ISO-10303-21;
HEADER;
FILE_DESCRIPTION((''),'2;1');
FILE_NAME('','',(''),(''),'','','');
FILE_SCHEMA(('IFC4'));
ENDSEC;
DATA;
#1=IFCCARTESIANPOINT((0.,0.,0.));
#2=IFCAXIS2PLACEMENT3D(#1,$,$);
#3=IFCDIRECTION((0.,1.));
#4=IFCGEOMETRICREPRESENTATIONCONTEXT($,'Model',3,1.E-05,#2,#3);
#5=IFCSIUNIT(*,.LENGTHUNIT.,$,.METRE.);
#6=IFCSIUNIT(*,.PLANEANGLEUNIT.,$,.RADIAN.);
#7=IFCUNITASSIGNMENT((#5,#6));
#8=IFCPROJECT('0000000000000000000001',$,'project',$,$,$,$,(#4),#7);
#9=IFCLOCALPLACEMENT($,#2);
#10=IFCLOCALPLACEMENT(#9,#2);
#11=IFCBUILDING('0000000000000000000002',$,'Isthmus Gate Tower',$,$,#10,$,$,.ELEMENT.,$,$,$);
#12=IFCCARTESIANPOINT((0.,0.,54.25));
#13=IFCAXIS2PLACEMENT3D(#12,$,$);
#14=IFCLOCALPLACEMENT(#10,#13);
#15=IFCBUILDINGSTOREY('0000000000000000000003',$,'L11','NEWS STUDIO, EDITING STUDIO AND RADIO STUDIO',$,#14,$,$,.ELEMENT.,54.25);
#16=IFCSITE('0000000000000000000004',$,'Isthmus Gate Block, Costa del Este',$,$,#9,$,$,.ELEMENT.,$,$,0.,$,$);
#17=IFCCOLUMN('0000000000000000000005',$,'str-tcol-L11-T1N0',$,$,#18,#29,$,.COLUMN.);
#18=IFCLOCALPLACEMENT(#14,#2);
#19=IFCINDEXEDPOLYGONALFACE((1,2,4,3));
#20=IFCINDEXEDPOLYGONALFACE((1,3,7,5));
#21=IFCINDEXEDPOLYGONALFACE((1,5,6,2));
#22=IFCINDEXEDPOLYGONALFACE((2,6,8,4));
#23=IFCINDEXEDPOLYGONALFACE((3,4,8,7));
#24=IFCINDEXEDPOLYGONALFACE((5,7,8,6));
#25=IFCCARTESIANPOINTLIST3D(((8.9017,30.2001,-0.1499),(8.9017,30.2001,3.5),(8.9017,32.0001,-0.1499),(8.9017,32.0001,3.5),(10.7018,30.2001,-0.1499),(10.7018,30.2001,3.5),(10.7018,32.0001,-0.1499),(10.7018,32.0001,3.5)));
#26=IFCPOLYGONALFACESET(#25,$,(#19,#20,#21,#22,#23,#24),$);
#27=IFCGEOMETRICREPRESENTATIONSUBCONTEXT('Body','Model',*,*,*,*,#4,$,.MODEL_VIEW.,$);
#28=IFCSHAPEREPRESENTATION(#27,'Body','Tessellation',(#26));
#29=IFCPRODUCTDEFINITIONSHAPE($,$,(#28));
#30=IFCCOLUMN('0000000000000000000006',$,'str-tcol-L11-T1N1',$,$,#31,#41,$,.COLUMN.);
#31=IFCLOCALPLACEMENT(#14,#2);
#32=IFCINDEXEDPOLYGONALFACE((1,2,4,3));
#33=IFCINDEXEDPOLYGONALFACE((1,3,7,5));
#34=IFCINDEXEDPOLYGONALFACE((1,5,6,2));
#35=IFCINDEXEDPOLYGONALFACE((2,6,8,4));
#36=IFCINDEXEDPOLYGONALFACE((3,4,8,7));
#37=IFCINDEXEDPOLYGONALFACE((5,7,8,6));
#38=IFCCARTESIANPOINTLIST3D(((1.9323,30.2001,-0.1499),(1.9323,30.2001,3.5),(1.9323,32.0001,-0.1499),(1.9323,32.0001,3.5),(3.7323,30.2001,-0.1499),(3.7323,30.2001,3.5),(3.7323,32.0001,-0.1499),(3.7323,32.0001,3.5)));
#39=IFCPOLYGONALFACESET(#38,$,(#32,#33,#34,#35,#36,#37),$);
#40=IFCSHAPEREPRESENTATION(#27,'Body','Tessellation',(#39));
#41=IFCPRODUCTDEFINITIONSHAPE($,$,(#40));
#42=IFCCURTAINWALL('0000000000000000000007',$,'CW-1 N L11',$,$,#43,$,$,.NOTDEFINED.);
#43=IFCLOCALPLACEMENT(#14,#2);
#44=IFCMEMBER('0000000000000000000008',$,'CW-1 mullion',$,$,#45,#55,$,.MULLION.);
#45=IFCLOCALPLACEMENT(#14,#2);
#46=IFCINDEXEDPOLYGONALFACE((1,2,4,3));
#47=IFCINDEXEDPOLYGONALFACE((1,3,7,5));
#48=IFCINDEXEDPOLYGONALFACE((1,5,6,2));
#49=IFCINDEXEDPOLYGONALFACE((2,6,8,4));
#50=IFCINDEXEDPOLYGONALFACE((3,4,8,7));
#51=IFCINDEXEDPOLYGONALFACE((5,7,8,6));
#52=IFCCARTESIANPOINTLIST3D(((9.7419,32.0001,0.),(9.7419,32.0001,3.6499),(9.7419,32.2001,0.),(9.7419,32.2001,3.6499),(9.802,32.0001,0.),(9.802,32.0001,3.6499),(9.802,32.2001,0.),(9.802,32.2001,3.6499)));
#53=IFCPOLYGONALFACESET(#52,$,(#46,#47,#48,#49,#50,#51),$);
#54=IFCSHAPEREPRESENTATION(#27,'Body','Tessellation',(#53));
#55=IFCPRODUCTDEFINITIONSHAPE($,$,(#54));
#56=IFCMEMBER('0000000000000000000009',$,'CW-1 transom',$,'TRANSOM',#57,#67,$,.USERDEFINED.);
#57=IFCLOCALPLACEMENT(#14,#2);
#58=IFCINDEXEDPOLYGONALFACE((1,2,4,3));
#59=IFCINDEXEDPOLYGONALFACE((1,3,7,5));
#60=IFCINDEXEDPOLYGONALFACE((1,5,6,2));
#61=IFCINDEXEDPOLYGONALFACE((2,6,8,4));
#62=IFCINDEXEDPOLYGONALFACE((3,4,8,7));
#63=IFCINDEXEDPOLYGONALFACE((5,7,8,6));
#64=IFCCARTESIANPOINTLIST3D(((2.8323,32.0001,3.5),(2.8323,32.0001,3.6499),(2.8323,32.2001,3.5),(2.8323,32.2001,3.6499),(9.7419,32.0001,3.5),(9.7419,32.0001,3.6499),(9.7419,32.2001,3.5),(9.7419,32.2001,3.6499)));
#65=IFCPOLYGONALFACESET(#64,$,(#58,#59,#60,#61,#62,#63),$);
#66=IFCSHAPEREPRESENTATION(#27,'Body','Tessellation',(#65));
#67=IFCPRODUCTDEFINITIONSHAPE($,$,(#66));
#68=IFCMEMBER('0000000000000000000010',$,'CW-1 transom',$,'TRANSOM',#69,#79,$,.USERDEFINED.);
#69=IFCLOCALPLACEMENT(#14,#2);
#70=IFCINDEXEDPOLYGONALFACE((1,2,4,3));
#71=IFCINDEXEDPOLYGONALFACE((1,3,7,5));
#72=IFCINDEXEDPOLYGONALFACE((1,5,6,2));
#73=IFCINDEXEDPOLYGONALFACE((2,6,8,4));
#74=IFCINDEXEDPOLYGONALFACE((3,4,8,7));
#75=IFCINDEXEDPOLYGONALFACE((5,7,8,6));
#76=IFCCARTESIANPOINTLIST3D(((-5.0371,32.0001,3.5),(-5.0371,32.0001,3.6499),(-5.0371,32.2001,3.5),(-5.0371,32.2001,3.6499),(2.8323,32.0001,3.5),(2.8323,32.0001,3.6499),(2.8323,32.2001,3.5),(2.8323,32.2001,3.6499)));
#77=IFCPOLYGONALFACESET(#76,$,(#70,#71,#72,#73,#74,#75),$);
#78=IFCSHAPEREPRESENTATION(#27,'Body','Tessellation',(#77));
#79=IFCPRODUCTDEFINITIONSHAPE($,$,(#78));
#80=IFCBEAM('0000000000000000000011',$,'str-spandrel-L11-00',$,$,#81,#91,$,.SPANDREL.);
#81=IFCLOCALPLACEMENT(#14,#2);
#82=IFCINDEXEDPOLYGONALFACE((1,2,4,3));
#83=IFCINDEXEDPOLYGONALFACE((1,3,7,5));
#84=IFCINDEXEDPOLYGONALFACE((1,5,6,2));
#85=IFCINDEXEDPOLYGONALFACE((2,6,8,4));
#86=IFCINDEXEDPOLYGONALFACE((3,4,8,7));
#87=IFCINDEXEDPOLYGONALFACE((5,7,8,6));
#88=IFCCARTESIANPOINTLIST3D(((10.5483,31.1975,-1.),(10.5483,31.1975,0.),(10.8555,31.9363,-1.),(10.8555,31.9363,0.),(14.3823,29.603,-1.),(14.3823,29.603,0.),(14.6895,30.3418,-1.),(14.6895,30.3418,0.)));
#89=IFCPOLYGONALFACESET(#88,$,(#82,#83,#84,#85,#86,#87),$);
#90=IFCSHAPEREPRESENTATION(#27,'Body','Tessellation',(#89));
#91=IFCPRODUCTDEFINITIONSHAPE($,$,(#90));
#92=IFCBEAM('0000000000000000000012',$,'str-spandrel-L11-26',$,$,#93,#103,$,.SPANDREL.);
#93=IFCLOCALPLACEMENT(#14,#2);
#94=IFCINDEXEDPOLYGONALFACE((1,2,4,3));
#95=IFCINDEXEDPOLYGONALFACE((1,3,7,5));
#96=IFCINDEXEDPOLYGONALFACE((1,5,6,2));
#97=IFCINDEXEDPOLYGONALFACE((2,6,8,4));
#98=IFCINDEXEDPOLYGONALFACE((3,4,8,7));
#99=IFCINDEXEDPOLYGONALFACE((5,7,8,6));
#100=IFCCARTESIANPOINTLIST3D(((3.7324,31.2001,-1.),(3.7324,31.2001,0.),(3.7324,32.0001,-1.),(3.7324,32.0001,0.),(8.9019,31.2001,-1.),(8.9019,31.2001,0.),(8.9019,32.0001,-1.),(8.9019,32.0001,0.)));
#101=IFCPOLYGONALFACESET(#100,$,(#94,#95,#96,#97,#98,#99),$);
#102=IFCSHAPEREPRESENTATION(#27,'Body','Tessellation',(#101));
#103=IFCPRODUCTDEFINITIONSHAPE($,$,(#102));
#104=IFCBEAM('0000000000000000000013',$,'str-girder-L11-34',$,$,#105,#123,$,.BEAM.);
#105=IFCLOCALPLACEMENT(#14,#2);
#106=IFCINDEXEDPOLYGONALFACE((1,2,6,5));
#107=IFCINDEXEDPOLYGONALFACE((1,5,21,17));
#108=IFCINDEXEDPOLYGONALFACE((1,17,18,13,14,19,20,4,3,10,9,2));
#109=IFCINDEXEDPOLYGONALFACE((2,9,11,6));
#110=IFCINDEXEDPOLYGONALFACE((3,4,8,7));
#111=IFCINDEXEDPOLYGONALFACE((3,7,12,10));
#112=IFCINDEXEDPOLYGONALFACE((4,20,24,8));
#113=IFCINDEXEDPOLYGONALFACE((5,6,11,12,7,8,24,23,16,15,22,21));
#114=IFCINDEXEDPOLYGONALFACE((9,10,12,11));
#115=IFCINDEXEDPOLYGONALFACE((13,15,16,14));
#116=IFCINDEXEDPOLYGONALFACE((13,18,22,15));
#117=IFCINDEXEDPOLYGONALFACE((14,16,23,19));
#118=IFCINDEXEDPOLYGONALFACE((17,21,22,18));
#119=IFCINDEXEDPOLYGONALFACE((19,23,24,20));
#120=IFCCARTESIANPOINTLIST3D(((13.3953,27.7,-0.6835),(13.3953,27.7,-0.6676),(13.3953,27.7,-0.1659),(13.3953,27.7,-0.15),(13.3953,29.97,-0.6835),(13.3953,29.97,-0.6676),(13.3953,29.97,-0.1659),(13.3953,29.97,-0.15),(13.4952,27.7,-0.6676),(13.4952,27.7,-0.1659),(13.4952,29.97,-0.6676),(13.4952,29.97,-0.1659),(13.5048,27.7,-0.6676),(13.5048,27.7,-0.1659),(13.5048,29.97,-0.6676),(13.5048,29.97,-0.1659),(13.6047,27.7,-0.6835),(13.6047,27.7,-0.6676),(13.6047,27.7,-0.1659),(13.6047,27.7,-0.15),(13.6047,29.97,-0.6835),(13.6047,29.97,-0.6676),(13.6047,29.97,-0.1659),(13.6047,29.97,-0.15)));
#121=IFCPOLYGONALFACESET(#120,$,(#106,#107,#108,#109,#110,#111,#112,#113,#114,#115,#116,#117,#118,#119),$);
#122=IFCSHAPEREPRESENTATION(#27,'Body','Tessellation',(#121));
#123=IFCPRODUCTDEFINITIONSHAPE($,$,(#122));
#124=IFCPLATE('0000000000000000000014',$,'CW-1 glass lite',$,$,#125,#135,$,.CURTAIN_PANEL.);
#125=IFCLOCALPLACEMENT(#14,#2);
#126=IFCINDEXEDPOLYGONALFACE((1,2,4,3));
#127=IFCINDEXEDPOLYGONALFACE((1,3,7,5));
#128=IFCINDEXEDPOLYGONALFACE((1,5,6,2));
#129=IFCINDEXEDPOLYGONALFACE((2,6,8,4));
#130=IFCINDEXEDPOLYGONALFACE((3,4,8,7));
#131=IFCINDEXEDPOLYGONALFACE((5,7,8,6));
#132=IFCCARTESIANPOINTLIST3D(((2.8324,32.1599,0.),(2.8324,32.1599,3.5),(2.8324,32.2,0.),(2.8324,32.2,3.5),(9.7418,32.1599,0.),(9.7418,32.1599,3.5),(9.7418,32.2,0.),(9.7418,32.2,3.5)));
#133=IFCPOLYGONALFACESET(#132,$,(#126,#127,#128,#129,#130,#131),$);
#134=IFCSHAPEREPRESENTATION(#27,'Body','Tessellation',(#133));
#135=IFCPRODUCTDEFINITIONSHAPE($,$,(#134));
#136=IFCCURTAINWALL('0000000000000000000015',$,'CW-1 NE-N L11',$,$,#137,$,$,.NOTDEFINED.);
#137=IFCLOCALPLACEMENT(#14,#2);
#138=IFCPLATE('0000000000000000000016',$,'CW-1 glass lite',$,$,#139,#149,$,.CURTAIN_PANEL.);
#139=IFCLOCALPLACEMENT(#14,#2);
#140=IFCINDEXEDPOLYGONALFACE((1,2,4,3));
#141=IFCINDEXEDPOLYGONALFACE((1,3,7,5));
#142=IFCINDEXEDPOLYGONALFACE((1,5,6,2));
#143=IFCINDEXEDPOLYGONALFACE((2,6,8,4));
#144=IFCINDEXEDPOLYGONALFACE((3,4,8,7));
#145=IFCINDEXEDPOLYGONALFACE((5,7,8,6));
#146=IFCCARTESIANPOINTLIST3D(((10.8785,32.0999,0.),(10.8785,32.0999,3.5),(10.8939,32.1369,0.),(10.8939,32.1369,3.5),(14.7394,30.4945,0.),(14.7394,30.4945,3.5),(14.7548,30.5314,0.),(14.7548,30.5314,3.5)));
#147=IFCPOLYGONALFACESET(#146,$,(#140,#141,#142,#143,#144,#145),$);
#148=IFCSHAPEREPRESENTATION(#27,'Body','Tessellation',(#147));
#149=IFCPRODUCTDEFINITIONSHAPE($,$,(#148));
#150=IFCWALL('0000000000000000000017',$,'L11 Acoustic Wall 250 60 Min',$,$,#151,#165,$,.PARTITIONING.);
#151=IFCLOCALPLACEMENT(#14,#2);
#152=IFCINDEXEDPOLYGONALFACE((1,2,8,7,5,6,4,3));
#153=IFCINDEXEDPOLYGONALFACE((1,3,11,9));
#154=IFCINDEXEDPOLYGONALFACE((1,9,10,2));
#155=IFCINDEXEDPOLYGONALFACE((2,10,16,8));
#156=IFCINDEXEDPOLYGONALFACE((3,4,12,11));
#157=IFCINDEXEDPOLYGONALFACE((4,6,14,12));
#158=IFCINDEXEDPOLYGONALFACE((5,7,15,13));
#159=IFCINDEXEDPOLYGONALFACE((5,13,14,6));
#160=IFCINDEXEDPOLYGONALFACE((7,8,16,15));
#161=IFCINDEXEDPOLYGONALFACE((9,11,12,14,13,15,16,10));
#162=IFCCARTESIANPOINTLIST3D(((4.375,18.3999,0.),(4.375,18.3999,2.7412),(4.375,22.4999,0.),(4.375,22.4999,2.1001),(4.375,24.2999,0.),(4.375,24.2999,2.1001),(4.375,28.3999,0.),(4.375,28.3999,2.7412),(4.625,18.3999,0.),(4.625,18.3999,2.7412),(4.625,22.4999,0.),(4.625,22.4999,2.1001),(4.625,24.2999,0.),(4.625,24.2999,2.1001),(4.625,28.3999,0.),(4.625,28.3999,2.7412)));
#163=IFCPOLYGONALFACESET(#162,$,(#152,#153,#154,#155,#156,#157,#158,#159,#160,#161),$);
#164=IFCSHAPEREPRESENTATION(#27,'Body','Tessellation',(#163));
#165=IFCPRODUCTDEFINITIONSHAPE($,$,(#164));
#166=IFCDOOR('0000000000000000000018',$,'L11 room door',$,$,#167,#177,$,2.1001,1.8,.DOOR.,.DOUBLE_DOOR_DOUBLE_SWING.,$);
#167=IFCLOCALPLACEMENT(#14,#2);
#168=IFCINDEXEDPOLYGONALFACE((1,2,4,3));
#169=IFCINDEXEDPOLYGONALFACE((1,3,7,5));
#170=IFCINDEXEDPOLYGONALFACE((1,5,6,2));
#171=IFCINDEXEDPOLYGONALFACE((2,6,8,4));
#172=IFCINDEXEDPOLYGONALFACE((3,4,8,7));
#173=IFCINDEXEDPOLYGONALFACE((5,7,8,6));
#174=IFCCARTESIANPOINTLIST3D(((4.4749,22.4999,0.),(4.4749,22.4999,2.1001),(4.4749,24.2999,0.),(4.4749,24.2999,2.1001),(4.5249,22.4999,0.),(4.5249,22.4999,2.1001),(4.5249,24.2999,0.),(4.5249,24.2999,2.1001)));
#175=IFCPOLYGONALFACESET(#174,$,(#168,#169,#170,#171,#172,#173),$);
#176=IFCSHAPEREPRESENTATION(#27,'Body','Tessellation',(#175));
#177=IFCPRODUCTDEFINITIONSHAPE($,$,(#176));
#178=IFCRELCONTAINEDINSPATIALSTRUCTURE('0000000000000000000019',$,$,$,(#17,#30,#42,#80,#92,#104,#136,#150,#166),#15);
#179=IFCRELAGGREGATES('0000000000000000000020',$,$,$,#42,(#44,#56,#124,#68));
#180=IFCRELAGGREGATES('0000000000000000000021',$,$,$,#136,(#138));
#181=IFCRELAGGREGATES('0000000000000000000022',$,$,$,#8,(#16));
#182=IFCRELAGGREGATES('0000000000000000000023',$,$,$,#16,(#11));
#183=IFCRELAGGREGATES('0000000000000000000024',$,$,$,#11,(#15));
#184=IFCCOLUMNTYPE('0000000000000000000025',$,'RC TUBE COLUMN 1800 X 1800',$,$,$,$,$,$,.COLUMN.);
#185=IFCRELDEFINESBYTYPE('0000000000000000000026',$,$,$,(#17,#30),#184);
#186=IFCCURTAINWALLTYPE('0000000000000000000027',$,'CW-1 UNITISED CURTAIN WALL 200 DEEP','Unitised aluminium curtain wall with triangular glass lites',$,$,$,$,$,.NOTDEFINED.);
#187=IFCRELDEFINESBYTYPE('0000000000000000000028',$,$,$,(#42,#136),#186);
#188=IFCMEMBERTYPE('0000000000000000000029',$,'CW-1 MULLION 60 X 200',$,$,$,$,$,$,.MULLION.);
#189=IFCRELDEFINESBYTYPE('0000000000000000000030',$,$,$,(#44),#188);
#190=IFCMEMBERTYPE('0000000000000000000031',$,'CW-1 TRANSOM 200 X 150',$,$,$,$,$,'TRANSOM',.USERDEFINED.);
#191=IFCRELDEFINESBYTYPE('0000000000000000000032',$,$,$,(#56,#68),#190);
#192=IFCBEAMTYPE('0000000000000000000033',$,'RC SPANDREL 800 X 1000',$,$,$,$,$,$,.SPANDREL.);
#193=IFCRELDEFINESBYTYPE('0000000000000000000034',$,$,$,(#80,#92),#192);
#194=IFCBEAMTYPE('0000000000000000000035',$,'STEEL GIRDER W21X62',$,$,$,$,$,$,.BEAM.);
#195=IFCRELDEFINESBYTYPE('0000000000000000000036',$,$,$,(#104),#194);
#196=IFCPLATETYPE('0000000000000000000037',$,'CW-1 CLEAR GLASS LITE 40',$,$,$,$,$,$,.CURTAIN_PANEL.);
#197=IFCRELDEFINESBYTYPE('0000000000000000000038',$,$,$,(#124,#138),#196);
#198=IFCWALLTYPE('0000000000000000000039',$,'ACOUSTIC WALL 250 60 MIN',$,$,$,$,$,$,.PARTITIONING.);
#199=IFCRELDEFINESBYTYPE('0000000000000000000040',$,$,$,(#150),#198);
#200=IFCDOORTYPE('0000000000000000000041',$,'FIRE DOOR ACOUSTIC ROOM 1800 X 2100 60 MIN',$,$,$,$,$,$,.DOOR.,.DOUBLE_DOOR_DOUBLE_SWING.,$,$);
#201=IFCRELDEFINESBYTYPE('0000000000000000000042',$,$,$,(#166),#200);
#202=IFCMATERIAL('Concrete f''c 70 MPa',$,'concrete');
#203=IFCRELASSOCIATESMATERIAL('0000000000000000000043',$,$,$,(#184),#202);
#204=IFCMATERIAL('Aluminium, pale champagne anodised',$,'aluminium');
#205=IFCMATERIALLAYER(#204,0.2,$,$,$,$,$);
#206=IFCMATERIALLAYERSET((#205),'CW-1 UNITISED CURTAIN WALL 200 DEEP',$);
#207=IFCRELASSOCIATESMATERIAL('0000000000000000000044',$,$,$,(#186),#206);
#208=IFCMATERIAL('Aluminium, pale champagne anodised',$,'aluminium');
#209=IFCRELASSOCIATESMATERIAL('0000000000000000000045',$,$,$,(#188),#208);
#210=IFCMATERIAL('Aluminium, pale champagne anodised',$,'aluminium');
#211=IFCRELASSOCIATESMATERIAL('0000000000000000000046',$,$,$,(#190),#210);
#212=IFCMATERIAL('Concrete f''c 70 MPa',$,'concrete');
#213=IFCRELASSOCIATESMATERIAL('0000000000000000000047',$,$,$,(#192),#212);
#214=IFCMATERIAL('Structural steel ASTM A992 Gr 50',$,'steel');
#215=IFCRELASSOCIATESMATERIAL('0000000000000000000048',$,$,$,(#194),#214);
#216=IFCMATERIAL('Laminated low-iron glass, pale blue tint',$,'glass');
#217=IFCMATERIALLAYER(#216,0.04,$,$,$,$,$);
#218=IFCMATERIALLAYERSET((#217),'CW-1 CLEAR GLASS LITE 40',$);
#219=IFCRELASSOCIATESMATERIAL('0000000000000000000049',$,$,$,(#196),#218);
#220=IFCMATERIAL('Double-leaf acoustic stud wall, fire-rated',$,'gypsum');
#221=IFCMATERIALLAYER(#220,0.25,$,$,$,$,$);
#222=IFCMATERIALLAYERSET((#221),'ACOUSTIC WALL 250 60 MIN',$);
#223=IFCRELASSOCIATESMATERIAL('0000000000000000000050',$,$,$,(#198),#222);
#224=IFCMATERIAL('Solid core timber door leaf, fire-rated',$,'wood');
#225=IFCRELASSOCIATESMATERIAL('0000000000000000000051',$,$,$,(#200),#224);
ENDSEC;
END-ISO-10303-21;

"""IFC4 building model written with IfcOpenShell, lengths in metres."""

from ifc_helpers import new_model, si_unit, direction, frame, frame_2d, origin, origin_2d, place, context, subcontext, project, spatial, rectangle, i_section, extrude, material, layer, layer_set, material_profile, profile_set, type_object, element, fill, aggregate, save


model = new_model("IFC4")

# Units and contexts
model_context = context("Model", 3, precision=1e-05, world=origin(), true_north=direction((0.0, 1.0)))
body_context = subcontext(model_context, "Body", "Model", "MODEL_VIEW")
ifc_project = project(units=[si_unit("LENGTHUNIT", "METRE"), si_unit("PLANEANGLEUNIT", "RADIAN")], contexts=[model_context])

# Site, building, storey
site_placement = place(None, origin())
site = spatial("IfcSite", under=ifc_project, at=site_placement, Name="Isthmus Gate Block, Costa del Este", CompositionType="ELEMENT", RefElevation=0.0)
building_placement = place(site_placement, origin())
building = spatial("IfcBuilding", under=site, at=building_placement, Name="Isthmus Gate Tower", CompositionType="ELEMENT")
storey_placement = place(building_placement, frame((0.0, 0.0, 54.25)))
storey = spatial("IfcBuildingStorey", under=building, at=storey_placement, Name="L11", Description="NEWS STUDIO, EDITING STUDIO AND RADIO STUDIO", CompositionType="ELEMENT", Elevation=54.25)

# Columns
ifc_material_1 = material(Name="Concrete f'c 70 MPa", Category="concrete")
ifc_material_profile_1 = material_profile(ifc_material_1, rectangle(XDim=1.8, YDim=1.8, at=origin_2d()), Name="RC 1800X1800")
ifc_profile_set_1 = profile_set([ifc_material_profile_1], Name="Concrete f'c 70 MPa")
column_type = type_object("IfcColumnType", Name="RC TUBE COLUMN 1800 X 1800", PredefinedType="COLUMN", material=ifc_profile_set_1)
for number, where, z_axis, x_axis, name in (
    (1, (9.8018, 31.1001, -0.1499), (0.0, 0.0, 1.0), (-1.0, 0.0, 0.0), "str-tcol-L11-T1N0"),
    (2, (2.8323, 31.1001, -0.1499), (0.0, 0.0, 1.0), (-1.0, 0.0, 0.0), "str-tcol-L11-T1N1"),
):
    element("IfcColumn", number, at=place(storey_placement, frame(where, z_axis=z_axis, x_axis=x_axis)), inside=storey, type_object=column_type, Name=name, PredefinedType="COLUMN", context=body_context, shape_type="SweptSolid", body=[
        extrude(rectangle(XDim=1.8, YDim=1.8, at=origin_2d()), origin(), (0.0, 0.0, 1.0), 3.6499),
    ])

# Curtain wall, members
ifc_material_2 = material(Name="Aluminium, pale champagne anodised", Category="aluminium")
ifc_layer_1 = layer(ifc_material_2, 0.2)
ifc_layer_set_1 = layer_set([ifc_layer_1], Name="CW-1 UNITISED CURTAIN WALL 200 DEEP")
curtain_wall_type = type_object("IfcCurtainWallType", Name="CW-1 UNITISED CURTAIN WALL 200 DEEP", Description="Unitised aluminium curtain wall with triangular glass lites", PredefinedType="NOTDEFINED", material=ifc_layer_set_1)
curtain_wall_1_placement = place(storey_placement, origin())
curtain_wall_1 = element("IfcCurtainWall", 3, at=curtain_wall_1_placement, inside=storey, type_object=curtain_wall_type, Name="CW-1 N L11", PredefinedType="NOTDEFINED")
ifc_material_3 = material(Name="Aluminium, pale champagne anodised", Category="aluminium")
ifc_material_profile_2 = material_profile(ifc_material_3, rectangle(XDim=0.0601, YDim=0.2, at=origin_2d()), Name="60x200")
ifc_profile_set_2 = profile_set([ifc_material_profile_2], Name="Aluminium, pale champagne anodised")
member_type_1 = type_object("IfcMemberType", Name="CW-1 MULLION 60 X 200", PredefinedType="MULLION", material=ifc_profile_set_2)
member_1_placement = place(storey_placement, frame((9.772, 32.1001, 0.0), z_axis=(0.0, 0.0, 1.0), x_axis=(-1.0, 0.0, 0.0)))
member_1 = element("IfcMember", 4, at=member_1_placement, type_object=member_type_1, Name="CW-1 mullion", PredefinedType="MULLION", context=body_context, shape_type="SweptSolid", body=[
    extrude(rectangle(XDim=0.0601, YDim=0.2, at=origin_2d()), origin(), (0.0, 0.0, 1.0), 3.6499),
])
ifc_material_4 = material(Name="Aluminium, pale champagne anodised", Category="aluminium")
ifc_material_profile_3 = material_profile(ifc_material_4, rectangle(XDim=0.2, YDim=0.1499, at=origin_2d()), Name="200x150")
ifc_profile_set_3 = profile_set([ifc_material_profile_3], Name="Aluminium, pale champagne anodised")
member_type_2 = type_object("IfcMemberType", Name="CW-1 TRANSOM 200 X 150", ElementType="TRANSOM", PredefinedType="USERDEFINED", material=ifc_profile_set_3)
member_2_placement = place(storey_placement, frame((9.7419, 32.1001, 3.575), z_axis=(-1.0, 0.0, 0.0), x_axis=(0.0, -1.0, 0.0)))
member_2 = element("IfcMember", 5, at=member_2_placement, type_object=member_type_2, Name="CW-1 transom", ObjectType="TRANSOM", PredefinedType="USERDEFINED", context=body_context, shape_type="SweptSolid", body=[
    extrude(rectangle(XDim=0.2, YDim=0.1499, at=origin_2d()), origin(), (0.0, 0.0, 1.0), 6.9097),
])
member_3_placement = place(storey_placement, frame((2.8323, 32.1001, 3.575), z_axis=(-1.0, 0.0, 0.0), x_axis=(0.0, -1.0, 0.0)))
member_3 = element("IfcMember", 6, at=member_3_placement, type_object=member_type_2, Name="CW-1 transom", ObjectType="TRANSOM", PredefinedType="USERDEFINED", context=body_context, shape_type="SweptSolid", body=[
    extrude(rectangle(XDim=0.2, YDim=0.1499, at=origin_2d()), origin(), (0.0, 0.0, 1.0), 7.8694),
])

# Beams
ifc_material_5 = material(Name="Concrete f'c 70 MPa", Category="concrete")
ifc_material_profile_4 = material_profile(ifc_material_5, rectangle(XDim=0.8, YDim=1.0, at=origin_2d()), Name="RC 800X1000")
ifc_profile_set_4 = profile_set([ifc_material_profile_4], Name="Concrete f'c 70 MPa")
beam_type_1 = type_object("IfcBeamType", Name="RC SPANDREL 800 X 1000", PredefinedType="SPANDREL", material=ifc_profile_set_4)
beam_1_placement = place(storey_placement, frame((10.7019, 31.5669, -0.5), z_axis=(0.923334, -0.383997, 0.0), x_axis=(0.383997, 0.923334, 0.0)))
element("IfcBeam", 7, at=beam_1_placement, inside=storey, type_object=beam_type_1, Name="str-spandrel-L11-00", PredefinedType="SPANDREL", context=body_context, shape_type="SweptSolid", body=[
    extrude(rectangle(XDim=0.8, YDim=1.0, at=origin_2d()), origin(), (0.0, 0.0, 1.0), 4.1523),
])
beam_2_placement = place(storey_placement, frame((3.7324, 31.6001, -0.5), z_axis=(1.0, 0.0, 0.0), x_axis=(0.0, 1.0, 0.0)))
element("IfcBeam", 8, at=beam_2_placement, inside=storey, type_object=beam_type_1, Name="str-spandrel-L11-26", PredefinedType="SPANDREL", context=body_context, shape_type="SweptSolid", body=[
    extrude(rectangle(XDim=0.8, YDim=1.0, at=origin_2d()), origin(), (0.0, 0.0, 1.0), 5.1694),
])
ifc_material_6 = material(Name="Structural steel ASTM A992 Gr 50", Category="steel")
ifc_material_profile_5 = material_profile(ifc_material_6, i_section(OverallWidth=0.2095, OverallDepth=0.5334, WebThickness=0.0095, FlangeThickness=0.0159, at=origin_2d()), Name="W21X62")
ifc_profile_set_5 = profile_set([ifc_material_profile_5], Name="Structural steel ASTM A992 Gr 50")
beam_type_2 = type_object("IfcBeamType", Name="STEEL GIRDER W21X62", PredefinedType="BEAM", material=ifc_profile_set_5)
beam_3_placement = place(storey_placement, frame((13.5, 27.7, -0.4167), z_axis=(0.0, 1.0, 0.0), x_axis=(-1.0, 0.0, 0.0)))
element("IfcBeam", 9, at=beam_3_placement, inside=storey, type_object=beam_type_2, Name="str-girder-L11-34", PredefinedType="BEAM", context=body_context, shape_type="SweptSolid", body=[
    extrude(i_section(OverallWidth=0.2095, OverallDepth=0.5334, WebThickness=0.0095, FlangeThickness=0.0159, at=origin_2d()), origin(), (0.0, 0.0, 1.0), 2.27),
])

# Plate
ifc_material_7 = material(Name="Laminated low-iron glass, pale blue tint", Category="glass")
ifc_layer_2 = layer(ifc_material_7, 0.04)
ifc_layer_set_2 = layer_set([ifc_layer_2], Name="CW-1 CLEAR GLASS LITE 40")
plate_type = type_object("IfcPlateType", Name="CW-1 CLEAR GLASS LITE 40", PredefinedType="CURTAIN_PANEL", material=ifc_layer_set_2)
plate_1_placement = place(storey_placement, frame((6.2871, 32.1799, 0.0), z_axis=(0.0, 0.0, 1.0), x_axis=(-1.0, 0.0, 0.0)))
plate_1 = element("IfcPlate", 10, at=plate_1_placement, type_object=plate_type, Name="CW-1 glass lite", PredefinedType="CURTAIN_PANEL", context=body_context, shape_type="SweptSolid", body=[
    extrude(rectangle(XDim=6.9094, YDim=0.04, at=origin_2d()), origin(), (0.0, 0.0, 1.0), 3.5),
])
aggregate(curtain_wall_1, [member_1, member_2, plate_1, member_3])

# Curtain wall, plate
curtain_wall_2_placement = place(storey_placement, origin())
curtain_wall_2 = element("IfcCurtainWall", 11, at=curtain_wall_2_placement, inside=storey, type_object=curtain_wall_type, Name="CW-1 NE-N L11", PredefinedType="NOTDEFINED")
plate_2_placement = place(storey_placement, frame((12.8167, 31.3157, 0.0), z_axis=(0.0, 0.0, 1.0), x_axis=(-0.923353, 0.383952, 0.0)))
plate_2 = element("IfcPlate", 12, at=plate_2_placement, type_object=plate_type, Name="CW-1 glass lite", PredefinedType="CURTAIN_PANEL", context=body_context, shape_type="SweptSolid", body=[
    extrude(rectangle(XDim=4.1814, YDim=0.04, at=origin_2d()), origin(), (0.0, 0.0, 1.0), 3.5),
])
aggregate(curtain_wall_2, [plate_2])

# Wall, opening, door
ifc_material_8 = material(Name="Double-leaf acoustic stud wall, fire-rated", Category="gypsum")
ifc_layer_3 = layer(ifc_material_8, 0.25)
ifc_layer_set_3 = layer_set([ifc_layer_3], Name="ACOUSTIC WALL 250 60 MIN")
wall_type = type_object("IfcWallType", Name="ACOUSTIC WALL 250 60 MIN", PredefinedType="PARTITIONING", material=ifc_layer_set_3)
wall_1_placement = place(storey_placement, frame((4.5, 28.3999, 0.0), z_axis=(0.0, 0.0, 1.0), x_axis=(0.0, -1.0, 0.0)))
wall_1 = element("IfcWall", 13, at=wall_1_placement, inside=storey, type_object=wall_type, Name="L11 Acoustic Wall 250 60 Min", PredefinedType="PARTITIONING", context=body_context, shape_type="SweptSolid", body=[
    extrude(rectangle(XDim=10.0, YDim=0.25, at=frame_2d((5.0, 0.0))), origin(), (0.0, 0.0, 1.0), 2.7412),
])
opening_placement = place(wall_1_placement, frame((4.1001, 0.0, 0.0)))
opening = element("IfcOpeningElement", 14, at=opening_placement, cuts=wall_1, PredefinedType="OPENING", context=body_context, shape_type="SweptSolid", body=[
    extrude(rectangle(XDim=1.8, YDim=2.1001, at=frame_2d((0.8999, 1.05))), frame((0.0, 0.135, 0.0), z_axis=(0.0, -1.0, 0.0), x_axis=(1.0, 0.0, 0.0)), (0.0, 0.0, 1.0), 0.27),
])
ifc_material_9 = material(Name="Solid core timber door leaf, fire-rated", Category="wood")
door_type = type_object("IfcDoorType", Name="FIRE DOOR ACOUSTIC ROOM 1800 X 2100 60 MIN", OperationType="DOUBLE_DOOR_DOUBLE_SWING", PredefinedType="DOOR", material=ifc_material_9)
door_placement = place(opening_placement, origin())
door = element("IfcDoor", 15, at=door_placement, inside=storey, type_object=door_type, Name="L11 room door", OperationType="DOUBLE_DOOR_DOUBLE_SWING", OverallHeight=2.1001, OverallWidth=1.8, PredefinedType="DOOR", context=body_context, shape_type="SweptSolid", body=[
    extrude(rectangle(XDim=1.8, YDim=2.1001, at=frame_2d((0.8999, 1.05))), frame((0.0, 0.0249, 0.0), z_axis=(0.0, -1.0, 0.0), x_axis=(1.0, 0.0, 0.0)), (0.0, 0.0, 1.0), 0.05),
])
fill(opening, door)

save(model, "model.ifc")
